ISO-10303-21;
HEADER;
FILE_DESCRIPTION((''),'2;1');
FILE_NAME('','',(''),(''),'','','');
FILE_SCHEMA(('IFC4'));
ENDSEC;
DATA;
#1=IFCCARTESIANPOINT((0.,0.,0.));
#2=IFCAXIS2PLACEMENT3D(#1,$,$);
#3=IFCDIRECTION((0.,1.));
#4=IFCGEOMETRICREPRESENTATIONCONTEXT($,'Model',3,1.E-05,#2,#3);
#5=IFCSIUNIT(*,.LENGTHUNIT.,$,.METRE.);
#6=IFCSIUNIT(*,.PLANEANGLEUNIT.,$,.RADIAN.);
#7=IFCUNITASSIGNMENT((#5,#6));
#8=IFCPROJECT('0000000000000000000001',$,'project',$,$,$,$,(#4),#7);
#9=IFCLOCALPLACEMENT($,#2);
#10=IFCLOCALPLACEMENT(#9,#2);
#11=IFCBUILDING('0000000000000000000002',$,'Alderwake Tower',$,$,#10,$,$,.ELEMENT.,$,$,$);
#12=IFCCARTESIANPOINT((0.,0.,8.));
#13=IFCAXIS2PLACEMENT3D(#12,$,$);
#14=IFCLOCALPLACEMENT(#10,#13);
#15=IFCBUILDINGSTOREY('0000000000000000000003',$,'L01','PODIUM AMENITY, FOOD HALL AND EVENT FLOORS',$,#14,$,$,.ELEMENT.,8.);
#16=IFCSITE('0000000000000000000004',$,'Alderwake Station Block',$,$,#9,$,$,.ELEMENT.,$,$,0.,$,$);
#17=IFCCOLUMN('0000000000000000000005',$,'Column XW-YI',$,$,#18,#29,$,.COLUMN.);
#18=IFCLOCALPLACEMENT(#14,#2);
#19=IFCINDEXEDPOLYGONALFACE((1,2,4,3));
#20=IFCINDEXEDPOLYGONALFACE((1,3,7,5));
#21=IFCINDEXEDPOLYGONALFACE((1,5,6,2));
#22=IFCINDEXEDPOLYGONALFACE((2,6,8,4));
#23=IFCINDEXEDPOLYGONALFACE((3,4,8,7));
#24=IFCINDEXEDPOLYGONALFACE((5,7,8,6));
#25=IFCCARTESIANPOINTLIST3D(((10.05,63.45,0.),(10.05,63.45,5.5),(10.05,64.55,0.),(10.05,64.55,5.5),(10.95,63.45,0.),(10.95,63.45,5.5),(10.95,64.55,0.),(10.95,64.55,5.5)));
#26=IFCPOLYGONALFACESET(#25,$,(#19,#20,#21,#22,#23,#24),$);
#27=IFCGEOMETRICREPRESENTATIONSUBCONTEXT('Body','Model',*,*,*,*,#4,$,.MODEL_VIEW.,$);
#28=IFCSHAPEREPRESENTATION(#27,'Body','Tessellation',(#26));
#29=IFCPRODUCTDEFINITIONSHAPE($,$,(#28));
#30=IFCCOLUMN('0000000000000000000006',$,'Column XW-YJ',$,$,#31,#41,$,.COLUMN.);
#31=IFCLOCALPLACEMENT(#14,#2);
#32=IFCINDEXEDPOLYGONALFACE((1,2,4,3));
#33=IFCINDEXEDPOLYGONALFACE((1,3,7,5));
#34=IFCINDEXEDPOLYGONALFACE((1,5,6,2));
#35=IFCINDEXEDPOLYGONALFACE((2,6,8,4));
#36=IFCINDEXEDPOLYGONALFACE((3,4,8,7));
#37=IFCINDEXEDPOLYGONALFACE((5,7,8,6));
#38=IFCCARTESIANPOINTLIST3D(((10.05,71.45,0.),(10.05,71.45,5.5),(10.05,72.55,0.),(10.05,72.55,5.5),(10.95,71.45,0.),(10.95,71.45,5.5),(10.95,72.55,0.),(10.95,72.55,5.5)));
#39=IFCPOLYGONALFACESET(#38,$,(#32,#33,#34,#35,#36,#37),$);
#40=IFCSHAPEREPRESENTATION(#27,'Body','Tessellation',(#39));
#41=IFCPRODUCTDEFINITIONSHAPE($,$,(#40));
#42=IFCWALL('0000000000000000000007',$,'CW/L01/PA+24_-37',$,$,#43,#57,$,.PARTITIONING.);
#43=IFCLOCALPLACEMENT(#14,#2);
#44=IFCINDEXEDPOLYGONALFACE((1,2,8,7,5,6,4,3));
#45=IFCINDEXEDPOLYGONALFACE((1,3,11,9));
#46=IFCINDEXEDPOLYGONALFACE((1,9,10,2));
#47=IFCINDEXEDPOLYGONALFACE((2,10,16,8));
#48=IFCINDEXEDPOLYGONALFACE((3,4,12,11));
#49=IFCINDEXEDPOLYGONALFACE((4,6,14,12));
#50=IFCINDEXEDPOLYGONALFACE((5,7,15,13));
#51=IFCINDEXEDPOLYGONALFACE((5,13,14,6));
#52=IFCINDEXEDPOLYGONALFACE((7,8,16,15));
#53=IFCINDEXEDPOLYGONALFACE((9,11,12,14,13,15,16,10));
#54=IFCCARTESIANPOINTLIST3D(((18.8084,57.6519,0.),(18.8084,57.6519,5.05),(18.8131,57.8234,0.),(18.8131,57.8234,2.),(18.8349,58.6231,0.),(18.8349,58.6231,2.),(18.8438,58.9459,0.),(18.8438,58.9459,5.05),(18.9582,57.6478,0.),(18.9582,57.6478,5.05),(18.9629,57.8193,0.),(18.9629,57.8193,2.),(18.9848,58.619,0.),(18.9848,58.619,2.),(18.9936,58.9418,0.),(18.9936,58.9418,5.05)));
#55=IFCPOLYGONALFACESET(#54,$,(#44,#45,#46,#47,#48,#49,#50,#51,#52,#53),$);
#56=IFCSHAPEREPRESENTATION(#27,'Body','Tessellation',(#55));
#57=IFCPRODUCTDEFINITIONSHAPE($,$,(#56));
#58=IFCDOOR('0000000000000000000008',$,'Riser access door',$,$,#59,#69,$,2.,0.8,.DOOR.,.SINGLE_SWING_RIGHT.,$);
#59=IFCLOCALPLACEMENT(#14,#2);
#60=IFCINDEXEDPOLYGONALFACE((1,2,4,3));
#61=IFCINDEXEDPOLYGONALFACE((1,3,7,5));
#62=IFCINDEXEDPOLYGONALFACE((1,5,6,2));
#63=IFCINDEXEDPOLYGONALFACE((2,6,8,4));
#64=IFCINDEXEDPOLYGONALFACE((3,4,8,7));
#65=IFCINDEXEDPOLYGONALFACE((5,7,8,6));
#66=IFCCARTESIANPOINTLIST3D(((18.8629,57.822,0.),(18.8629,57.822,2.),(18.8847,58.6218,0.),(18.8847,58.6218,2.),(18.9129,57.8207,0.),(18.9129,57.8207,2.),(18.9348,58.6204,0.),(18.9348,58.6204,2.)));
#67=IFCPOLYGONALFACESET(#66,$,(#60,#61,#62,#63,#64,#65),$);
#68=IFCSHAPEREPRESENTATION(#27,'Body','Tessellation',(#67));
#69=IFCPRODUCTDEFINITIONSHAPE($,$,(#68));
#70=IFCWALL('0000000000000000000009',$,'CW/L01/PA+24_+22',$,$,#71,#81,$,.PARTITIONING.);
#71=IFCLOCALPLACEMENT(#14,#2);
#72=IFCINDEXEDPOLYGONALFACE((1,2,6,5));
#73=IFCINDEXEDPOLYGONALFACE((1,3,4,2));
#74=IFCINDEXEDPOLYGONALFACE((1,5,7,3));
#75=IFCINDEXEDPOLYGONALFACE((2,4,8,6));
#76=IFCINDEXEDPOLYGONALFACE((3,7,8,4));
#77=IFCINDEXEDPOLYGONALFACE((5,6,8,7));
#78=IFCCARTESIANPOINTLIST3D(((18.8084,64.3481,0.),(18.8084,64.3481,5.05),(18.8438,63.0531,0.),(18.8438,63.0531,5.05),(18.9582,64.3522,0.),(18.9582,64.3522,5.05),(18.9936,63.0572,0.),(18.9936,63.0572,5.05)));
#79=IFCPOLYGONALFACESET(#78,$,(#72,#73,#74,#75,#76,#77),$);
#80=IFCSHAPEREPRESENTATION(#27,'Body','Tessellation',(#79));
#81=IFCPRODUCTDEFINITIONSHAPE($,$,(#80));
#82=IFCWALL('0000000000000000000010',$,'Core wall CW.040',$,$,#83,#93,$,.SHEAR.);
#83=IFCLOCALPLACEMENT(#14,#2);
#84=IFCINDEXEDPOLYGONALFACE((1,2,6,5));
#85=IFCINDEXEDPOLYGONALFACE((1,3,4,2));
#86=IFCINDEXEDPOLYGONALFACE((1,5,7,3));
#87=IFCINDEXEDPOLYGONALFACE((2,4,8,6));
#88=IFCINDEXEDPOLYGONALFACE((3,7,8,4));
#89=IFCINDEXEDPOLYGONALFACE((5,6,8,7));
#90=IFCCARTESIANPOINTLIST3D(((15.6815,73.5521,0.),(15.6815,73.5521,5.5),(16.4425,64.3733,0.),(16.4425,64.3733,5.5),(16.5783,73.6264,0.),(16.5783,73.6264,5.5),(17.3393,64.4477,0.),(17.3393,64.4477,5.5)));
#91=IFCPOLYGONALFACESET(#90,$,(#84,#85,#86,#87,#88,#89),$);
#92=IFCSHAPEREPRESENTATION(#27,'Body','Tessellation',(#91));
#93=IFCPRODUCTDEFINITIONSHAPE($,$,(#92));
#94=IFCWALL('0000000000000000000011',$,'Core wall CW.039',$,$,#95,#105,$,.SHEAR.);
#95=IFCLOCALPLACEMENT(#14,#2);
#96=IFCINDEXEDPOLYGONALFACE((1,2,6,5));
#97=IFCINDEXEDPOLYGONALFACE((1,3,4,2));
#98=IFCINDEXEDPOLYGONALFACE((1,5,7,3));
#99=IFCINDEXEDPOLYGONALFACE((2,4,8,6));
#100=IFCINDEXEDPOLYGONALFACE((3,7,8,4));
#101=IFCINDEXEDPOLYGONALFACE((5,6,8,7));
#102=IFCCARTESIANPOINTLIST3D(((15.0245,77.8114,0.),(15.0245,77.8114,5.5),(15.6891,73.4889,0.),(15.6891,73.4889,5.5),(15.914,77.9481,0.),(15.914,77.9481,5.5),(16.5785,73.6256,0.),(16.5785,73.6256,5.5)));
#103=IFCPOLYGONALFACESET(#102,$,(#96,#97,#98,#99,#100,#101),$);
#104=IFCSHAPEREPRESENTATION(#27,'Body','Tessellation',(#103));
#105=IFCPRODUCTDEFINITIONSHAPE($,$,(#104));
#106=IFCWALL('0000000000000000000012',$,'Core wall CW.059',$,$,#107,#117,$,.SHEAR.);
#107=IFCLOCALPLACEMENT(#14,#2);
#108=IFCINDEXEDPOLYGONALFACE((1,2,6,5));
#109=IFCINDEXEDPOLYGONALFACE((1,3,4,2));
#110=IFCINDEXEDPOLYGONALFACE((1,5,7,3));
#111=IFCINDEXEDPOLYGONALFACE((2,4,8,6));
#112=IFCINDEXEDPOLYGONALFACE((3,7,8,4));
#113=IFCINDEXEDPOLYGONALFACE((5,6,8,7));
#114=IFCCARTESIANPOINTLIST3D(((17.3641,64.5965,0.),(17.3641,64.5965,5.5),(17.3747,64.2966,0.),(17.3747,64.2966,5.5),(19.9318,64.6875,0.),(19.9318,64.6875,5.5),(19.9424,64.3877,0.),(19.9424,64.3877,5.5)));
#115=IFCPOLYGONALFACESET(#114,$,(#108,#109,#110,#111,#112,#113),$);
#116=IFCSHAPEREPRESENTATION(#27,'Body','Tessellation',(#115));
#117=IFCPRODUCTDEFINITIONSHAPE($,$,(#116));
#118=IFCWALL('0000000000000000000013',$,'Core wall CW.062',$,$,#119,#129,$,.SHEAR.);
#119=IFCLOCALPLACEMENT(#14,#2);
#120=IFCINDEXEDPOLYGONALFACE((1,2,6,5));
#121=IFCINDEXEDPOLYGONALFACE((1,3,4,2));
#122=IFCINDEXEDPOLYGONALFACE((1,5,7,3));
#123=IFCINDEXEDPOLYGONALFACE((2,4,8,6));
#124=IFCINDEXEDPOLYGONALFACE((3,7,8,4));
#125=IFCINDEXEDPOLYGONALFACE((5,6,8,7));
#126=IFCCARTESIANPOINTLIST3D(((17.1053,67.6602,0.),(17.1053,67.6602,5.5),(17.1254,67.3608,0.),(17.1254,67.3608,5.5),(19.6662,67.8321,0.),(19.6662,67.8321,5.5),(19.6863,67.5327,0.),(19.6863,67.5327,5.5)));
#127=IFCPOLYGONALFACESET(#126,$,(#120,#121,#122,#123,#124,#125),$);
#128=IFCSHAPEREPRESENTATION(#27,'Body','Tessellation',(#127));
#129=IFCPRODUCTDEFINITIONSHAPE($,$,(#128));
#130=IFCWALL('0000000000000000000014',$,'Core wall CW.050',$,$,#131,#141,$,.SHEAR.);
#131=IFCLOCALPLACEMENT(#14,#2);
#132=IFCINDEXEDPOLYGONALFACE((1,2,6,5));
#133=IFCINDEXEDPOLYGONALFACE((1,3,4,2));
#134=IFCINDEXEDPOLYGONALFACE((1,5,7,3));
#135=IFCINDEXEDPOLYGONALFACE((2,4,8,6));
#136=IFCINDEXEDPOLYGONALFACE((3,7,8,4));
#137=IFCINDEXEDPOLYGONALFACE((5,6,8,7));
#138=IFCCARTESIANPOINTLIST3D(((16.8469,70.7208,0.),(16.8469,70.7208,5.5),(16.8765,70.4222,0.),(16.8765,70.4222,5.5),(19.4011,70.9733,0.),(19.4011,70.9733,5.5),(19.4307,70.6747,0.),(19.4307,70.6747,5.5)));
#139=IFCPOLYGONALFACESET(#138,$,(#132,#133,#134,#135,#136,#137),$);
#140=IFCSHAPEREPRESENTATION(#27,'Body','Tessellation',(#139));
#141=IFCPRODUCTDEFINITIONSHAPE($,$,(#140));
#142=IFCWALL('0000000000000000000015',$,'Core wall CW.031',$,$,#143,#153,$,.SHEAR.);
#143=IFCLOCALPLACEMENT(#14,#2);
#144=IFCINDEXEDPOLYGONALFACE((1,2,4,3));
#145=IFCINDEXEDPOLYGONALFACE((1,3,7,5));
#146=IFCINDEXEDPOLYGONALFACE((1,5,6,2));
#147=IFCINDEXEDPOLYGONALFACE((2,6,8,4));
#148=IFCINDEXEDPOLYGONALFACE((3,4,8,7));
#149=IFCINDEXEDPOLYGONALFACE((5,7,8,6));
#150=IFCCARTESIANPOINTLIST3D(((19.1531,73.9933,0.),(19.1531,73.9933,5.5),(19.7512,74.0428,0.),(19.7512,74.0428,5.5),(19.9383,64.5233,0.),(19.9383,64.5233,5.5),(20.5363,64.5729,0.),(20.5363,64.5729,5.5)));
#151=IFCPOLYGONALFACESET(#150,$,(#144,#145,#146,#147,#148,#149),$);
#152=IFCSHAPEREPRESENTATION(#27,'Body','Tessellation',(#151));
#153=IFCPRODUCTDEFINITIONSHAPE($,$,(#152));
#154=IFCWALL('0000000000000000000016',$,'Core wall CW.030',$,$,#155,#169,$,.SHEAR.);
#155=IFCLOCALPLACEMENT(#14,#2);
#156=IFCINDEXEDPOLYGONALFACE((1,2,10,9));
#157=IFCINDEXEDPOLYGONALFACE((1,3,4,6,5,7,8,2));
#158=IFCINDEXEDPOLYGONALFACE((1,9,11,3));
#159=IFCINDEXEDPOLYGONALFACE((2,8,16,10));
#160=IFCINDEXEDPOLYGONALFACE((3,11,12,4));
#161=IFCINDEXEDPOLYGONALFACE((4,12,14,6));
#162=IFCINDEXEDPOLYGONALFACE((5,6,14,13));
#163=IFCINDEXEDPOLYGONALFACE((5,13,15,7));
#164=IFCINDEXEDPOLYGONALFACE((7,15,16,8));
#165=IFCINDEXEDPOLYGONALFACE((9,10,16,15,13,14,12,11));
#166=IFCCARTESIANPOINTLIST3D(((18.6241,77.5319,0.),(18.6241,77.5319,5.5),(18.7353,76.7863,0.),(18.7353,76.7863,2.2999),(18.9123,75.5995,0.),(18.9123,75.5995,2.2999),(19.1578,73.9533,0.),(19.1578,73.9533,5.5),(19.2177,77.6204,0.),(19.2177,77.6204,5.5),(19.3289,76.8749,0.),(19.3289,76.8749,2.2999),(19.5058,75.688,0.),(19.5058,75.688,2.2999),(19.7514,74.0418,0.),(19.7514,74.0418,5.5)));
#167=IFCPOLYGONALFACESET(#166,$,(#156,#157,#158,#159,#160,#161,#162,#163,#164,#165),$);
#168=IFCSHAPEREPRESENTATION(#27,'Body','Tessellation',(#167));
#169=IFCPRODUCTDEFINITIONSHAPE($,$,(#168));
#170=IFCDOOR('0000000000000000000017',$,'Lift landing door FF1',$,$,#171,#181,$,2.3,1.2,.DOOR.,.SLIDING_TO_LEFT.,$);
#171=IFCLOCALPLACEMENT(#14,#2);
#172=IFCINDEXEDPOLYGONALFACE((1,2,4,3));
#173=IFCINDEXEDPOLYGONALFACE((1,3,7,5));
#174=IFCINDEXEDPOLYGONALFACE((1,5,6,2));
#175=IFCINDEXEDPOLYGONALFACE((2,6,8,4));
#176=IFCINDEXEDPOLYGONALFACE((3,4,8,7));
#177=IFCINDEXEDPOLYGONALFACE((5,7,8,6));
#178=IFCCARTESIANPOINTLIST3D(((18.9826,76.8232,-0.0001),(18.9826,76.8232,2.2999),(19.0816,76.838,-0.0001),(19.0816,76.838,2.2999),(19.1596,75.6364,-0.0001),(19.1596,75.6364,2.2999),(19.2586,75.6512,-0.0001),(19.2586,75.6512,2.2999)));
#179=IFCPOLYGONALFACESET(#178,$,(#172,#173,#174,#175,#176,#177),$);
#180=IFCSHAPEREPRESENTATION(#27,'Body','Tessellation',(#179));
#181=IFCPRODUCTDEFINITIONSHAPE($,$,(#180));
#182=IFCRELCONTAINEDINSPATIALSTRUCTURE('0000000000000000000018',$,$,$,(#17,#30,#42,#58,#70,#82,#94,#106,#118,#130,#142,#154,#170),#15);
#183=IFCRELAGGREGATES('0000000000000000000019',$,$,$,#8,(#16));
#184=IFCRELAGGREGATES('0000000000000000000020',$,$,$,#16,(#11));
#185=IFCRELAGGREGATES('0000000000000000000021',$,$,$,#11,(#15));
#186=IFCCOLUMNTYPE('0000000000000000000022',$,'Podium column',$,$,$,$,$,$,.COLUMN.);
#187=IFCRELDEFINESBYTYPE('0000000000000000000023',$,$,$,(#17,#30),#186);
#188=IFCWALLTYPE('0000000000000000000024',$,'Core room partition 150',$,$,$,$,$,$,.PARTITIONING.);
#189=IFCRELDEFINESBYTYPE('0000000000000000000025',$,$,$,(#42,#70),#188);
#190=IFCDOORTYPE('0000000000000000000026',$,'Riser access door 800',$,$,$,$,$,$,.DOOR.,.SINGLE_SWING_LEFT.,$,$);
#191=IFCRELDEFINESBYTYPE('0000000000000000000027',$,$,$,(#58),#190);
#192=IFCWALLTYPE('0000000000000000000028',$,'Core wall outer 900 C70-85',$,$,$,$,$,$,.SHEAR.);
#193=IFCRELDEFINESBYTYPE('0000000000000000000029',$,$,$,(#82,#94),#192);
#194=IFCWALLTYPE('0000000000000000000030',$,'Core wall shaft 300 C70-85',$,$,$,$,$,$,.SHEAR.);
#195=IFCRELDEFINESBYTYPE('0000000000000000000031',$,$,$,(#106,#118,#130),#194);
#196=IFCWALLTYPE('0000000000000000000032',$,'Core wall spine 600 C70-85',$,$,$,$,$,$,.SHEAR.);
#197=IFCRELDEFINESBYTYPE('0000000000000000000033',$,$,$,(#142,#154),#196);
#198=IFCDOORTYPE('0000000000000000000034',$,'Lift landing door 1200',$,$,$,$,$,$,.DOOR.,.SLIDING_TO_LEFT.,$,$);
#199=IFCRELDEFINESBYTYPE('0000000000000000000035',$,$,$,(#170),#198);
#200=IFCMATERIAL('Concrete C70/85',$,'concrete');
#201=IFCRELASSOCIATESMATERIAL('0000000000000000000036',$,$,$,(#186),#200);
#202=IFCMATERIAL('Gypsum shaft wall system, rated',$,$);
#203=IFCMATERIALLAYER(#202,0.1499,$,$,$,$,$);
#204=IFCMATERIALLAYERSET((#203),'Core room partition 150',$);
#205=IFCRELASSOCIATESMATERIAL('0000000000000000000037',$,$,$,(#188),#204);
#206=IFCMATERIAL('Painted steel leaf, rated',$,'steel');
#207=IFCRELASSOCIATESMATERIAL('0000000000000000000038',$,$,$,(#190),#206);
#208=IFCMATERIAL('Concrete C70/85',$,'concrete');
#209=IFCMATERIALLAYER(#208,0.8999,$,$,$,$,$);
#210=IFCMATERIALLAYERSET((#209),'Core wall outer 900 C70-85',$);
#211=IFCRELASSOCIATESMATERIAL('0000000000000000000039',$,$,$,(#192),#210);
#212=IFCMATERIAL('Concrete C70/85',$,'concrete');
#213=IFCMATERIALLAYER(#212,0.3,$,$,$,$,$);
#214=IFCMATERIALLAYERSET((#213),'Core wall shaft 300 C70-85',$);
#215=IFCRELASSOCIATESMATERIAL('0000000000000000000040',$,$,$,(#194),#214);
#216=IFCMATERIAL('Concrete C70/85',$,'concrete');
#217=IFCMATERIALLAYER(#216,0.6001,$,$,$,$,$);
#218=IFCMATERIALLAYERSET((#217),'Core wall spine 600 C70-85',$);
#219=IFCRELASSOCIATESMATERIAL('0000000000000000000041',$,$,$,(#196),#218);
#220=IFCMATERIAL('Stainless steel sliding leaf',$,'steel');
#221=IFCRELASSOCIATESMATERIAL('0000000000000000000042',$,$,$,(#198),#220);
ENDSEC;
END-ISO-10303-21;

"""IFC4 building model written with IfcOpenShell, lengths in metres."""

from ifc_helpers import new_model, si_unit, direction, frame, frame_2d, origin, origin_2d, place, context, subcontext, project, spatial, rectangle, extrude, material, layer, layer_set, material_profile, profile_set, type_object, element, fill, save


model = new_model("IFC4")

# Units and contexts
model_context = context("Model", 3, precision=1e-05, world=origin(), true_north=direction((0.0, 1.0)))
body_context = subcontext(model_context, "Body", "Model", "MODEL_VIEW")
ifc_project = project(units=[si_unit("LENGTHUNIT", "METRE"), si_unit("PLANEANGLEUNIT", "RADIAN")], contexts=[model_context])

# Site, building, storey
site_placement = place(None, origin())
site = spatial("IfcSite", under=ifc_project, at=site_placement, Name="Alderwake Station Block", CompositionType="ELEMENT", RefElevation=0.0)
building_placement = place(site_placement, origin())
building = spatial("IfcBuilding", under=site, at=building_placement, Name="Alderwake Tower", CompositionType="ELEMENT")
storey_placement = place(building_placement, frame((0.0, 0.0, 8.0)))
storey = spatial("IfcBuildingStorey", under=building, at=storey_placement, Name="L01", Description="PODIUM AMENITY, FOOD HALL AND EVENT FLOORS", CompositionType="ELEMENT", Elevation=8.0)

# Columns
ifc_material_1 = material(Name="Concrete C70/85", Category="concrete")
ifc_material_profile = material_profile(ifc_material_1, rectangle(XDim=0.8999, YDim=1.1001, at=origin_2d()), Name="RC 1100X900")
ifc_profile_set = profile_set([ifc_material_profile], Name="Concrete C70/85")
column_type = type_object("IfcColumnType", Name="Podium column", PredefinedType="COLUMN", material=ifc_profile_set)
for number, where, z_axis, x_axis, name in (
    (1, (10.5, 64.0, 0.0), (0.0, 0.0, 1.0), (1.0, 0.0, 0.0), "Column XW-YI"),
    (2, (10.5, 72.0, 0.0), (0.0, 0.0, 1.0), (1.0, 0.0, 0.0), "Column XW-YJ"),
):
    element("IfcColumn", number, at=place(storey_placement, frame(where, z_axis=z_axis, x_axis=x_axis)), inside=storey, type_object=column_type, Name=name, PredefinedType="COLUMN", context=body_context, shape_type="SweptSolid", body=[
        extrude(rectangle(XDim=0.8999, YDim=1.1001, at=origin_2d()), origin(), (0.0, 0.0, 1.0), 5.5),
    ])

# Wall, opening, door
ifc_material_2 = material(Name="Gypsum shaft wall system, rated")
ifc_layer_1 = layer(ifc_material_2, 0.1499)
ifc_layer_set_1 = layer_set([ifc_layer_1], Name="Core room partition 150")
wall_type_1 = type_object("IfcWallType", Name="Core room partition 150", PredefinedType="PARTITIONING", material=ifc_layer_set_1)
wall_1_placement = place(storey_placement, frame((18.9187, 58.9438, 0.0), z_axis=(0.0, 0.0, 1.0), x_axis=(-0.027348, -0.999626, 0.0)))
wall_1 = element("IfcWall", 3, at=wall_1_placement, inside=storey, type_object=wall_type_1, Name="CW/L01/PA+24_-37", PredefinedType="PARTITIONING", context=body_context, shape_type="SweptSolid", body=[
    extrude(rectangle(XDim=1.2944, YDim=0.1499, at=frame_2d((0.6472, 0.0))), origin(), (0.0, 0.0, 1.0), 5.05),
])
opening_1_placement = place(wall_1_placement, frame((0.323, 0.0, 0.0)))
opening_1 = element("IfcOpeningElement", 4, at=opening_1_placement, cuts=wall_1, PredefinedType="OPENING", context=body_context, shape_type="SweptSolid", body=[
    extrude(rectangle(XDim=0.8, YDim=2.0, at=frame_2d((0.3999, 1.0))), frame((0.0, 0.085, 0.0), z_axis=(0.0, -1.0, 0.0), x_axis=(1.0, 0.0, 0.0)), (0.0, 0.0, 1.0), 0.1699),
])
ifc_material_3 = material(Name="Painted steel leaf, rated", Category="steel")
door_type_1 = type_object("IfcDoorType", Name="Riser access door 800", OperationType="SINGLE_SWING_LEFT", PredefinedType="DOOR", material=ifc_material_3)
door_1_placement = place(opening_1_placement, origin())
door_1 = element("IfcDoor", 5, at=door_1_placement, inside=storey, type_object=door_type_1, Name="Riser access door", OperationType="SINGLE_SWING_RIGHT", OverallHeight=2.0, OverallWidth=0.8, PredefinedType="DOOR", context=body_context, shape_type="SweptSolid", body=[
    extrude(rectangle(XDim=0.8, YDim=2.0, at=frame_2d((0.3999, 1.0))), frame((0.0, 0.0249, 0.0), z_axis=(0.0, -1.0, 0.0), x_axis=(1.0, 0.0, 0.0)), (0.0, 0.0, 1.0), 0.05),
])
fill(opening_1, door_1)

# Walls
wall_2_placement = place(storey_placement, frame((18.9187, 63.0552, 0.0), z_axis=(0.0, 0.0, 1.0), x_axis=(-0.027328, 0.999627, 0.0)))
element("IfcWall", 6, at=wall_2_placement, inside=storey, type_object=wall_type_1, Name="CW/L01/PA+24_+22", PredefinedType="PARTITIONING", context=body_context, shape_type="SweptSolid", body=[
    extrude(rectangle(XDim=1.2954, YDim=0.1499, at=frame_2d((0.6477, 0.0))), origin(), (0.0, 0.0, 1.0), 5.05),
])
ifc_material_4 = material(Name="Concrete C70/85", Category="concrete")
ifc_layer_2 = layer(ifc_material_4, 0.8999)
ifc_layer_set_2 = layer_set([ifc_layer_2], Name="Core wall outer 900 C70-85")
wall_type_2 = type_object("IfcWallType", Name="Core wall outer 900 C70-85", PredefinedType="SHEAR", material=ifc_layer_set_2)
wall_3_placement = place(storey_placement, frame((16.8909, 64.4106, 0.0), z_axis=(0.0, 0.0, 1.0), x_axis=(-0.082624, 0.996581, 0.0)))
element("IfcWall", 7, at=wall_3_placement, inside=storey, type_object=wall_type_2, Name="Core wall CW.040", PredefinedType="SHEAR", context=body_context, shape_type="SweptSolid", body=[
    extrude(rectangle(XDim=9.2102, YDim=0.8999, at=frame_2d((4.605, 0.0))), origin(), (0.0, 0.0, 1.0), 5.5),
])
wall_4_placement = place(storey_placement, frame((16.1338, 73.5574, 0.0), z_axis=(0.0, 0.0, 1.0), x_axis=(-0.151957, 0.988387, 0.0)))
element("IfcWall", 8, at=wall_4_placement, inside=storey, type_object=wall_type_2, Name="Core wall CW.039", PredefinedType="SHEAR", context=body_context, shape_type="SweptSolid", body=[
    extrude(rectangle(XDim=4.3733, YDim=0.8999, at=frame_2d((2.1865, 0.0))), origin(), (0.0, 0.0, 1.0), 5.5),
])
ifc_material_5 = material(Name="Concrete C70/85", Category="concrete")
ifc_layer_3 = layer(ifc_material_5, 0.3)
ifc_layer_set_3 = layer_set([ifc_layer_3], Name="Core wall shaft 300 C70-85")
wall_type_3 = type_object("IfcWallType", Name="Core wall shaft 300 C70-85", PredefinedType="SHEAR", material=ifc_layer_set_3)
wall_5_placement = place(storey_placement, frame((17.3694, 64.4465, 0.0), z_axis=(0.0, 0.0, 1.0), x_axis=(0.999372, 0.035444, 0.0)))
element("IfcWall", 9, at=wall_5_placement, inside=storey, type_object=wall_type_3, Name="Core wall CW.059", PredefinedType="SHEAR", context=body_context, shape_type="SweptSolid", body=[
    extrude(rectangle(XDim=2.5693, YDim=0.3, at=frame_2d((1.2847, 0.0))), origin(), (0.0, 0.0, 1.0), 5.5),
])
for number, where, z_axis, x_axis, name in (
    (10, (17.1155, 67.5105, 0.0), (0.0, 0.0, 1.0), (0.997755, 0.066967, 0.0), "Core wall CW.062"),
    (11, (16.8618, 70.5715, 0.0), (0.0, 0.0, 1.0), (0.995151, 0.098355, 0.0), "Core wall CW.050"),
):
    element("IfcWall", number, at=place(storey_placement, frame(where, z_axis=z_axis, x_axis=x_axis)), inside=storey, type_object=wall_type_3, Name=name, PredefinedType="SHEAR", context=body_context, shape_type="SweptSolid", body=[
        extrude(rectangle(XDim=2.5667, YDim=0.3, at=frame_2d((1.2832, 0.0))), origin(), (0.0, 0.0, 1.0), 5.5),
    ])
ifc_material_6 = material(Name="Concrete C70/85", Category="concrete")
ifc_layer_4 = layer(ifc_material_6, 0.6001)
ifc_layer_set_4 = layer_set([ifc_layer_4], Name="Core wall spine 600 C70-85")
wall_type_4 = type_object("IfcWallType", Name="Core wall spine 600 C70-85", PredefinedType="SHEAR", material=ifc_layer_set_4)
wall_6_placement = place(storey_placement, frame((20.2373, 64.5481, 0.0), z_axis=(0.0, 0.0, 1.0), x_axis=(-0.082627, 0.996581, 0.0)))
element("IfcWall", 12, at=wall_6_placement, inside=storey, type_object=wall_type_4, Name="Core wall CW.031", PredefinedType="SHEAR", context=body_context, shape_type="SweptSolid", body=[
    extrude(rectangle(XDim=9.5024, YDim=0.6001, at=frame_2d((4.7512, 0.0))), origin(), (0.0, 0.0, 1.0), 5.5),
])

# Wall, opening, door
wall_7_placement = place(storey_placement, frame((19.4546, 73.9976, 0.0), z_axis=(0.0, 0.0, 1.0), x_axis=(-0.147502, 0.989062, 0.0)))
wall_7 = element("IfcWall", 13, at=wall_7_placement, inside=storey, type_object=wall_type_4, Name="Core wall CW.030", PredefinedType="SHEAR", context=body_context, shape_type="SweptSolid", body=[
    extrude(rectangle(XDim=3.6182, YDim=0.6001, at=frame_2d((1.8091, 0.0))), origin(), (0.0, 0.0, 1.0), 5.5),
])
opening_2_placement = place(wall_7_placement, frame((1.6643, 0.0, 0.0)))
opening_2 = element("IfcOpeningElement", 14, at=opening_2_placement, cuts=wall_7, PredefinedType="OPENING", context=body_context, shape_type="SweptSolid", body=[
    extrude(rectangle(XDim=1.2, YDim=2.3, at=frame_2d((0.6001, 1.1499))), frame((0.0, 0.3101, 0.0), z_axis=(0.0, -1.0, 0.0), x_axis=(1.0, 0.0, 0.0)), (0.0, 0.0, 1.0), 0.6201),
])
ifc_material_7 = material(Name="Stainless steel sliding leaf", Category="steel")
door_type_2 = type_object("IfcDoorType", Name="Lift landing door 1200", OperationType="SLIDING_TO_LEFT", PredefinedType="DOOR", material=ifc_material_7)
door_2_placement = place(opening_2_placement, origin())
door_2 = element("IfcDoor", 15, at=door_2_placement, inside=storey, type_object=door_type_2, Name="Lift landing door FF1", OperationType="SLIDING_TO_LEFT", OverallHeight=2.3, OverallWidth=1.2, PredefinedType="DOOR", context=body_context, shape_type="SweptSolid", body=[
    extrude(rectangle(XDim=1.2, YDim=2.3, at=frame_2d((0.6001, 1.1499))), frame((0.0, 0.05, 0.0), z_axis=(0.0, -1.0, 0.0), x_axis=(1.0, 0.0, 0.0)), (0.0, 0.0, 1.0), 0.1001),
])
fill(opening_2, door_2)

save(model, "model.ifc")
